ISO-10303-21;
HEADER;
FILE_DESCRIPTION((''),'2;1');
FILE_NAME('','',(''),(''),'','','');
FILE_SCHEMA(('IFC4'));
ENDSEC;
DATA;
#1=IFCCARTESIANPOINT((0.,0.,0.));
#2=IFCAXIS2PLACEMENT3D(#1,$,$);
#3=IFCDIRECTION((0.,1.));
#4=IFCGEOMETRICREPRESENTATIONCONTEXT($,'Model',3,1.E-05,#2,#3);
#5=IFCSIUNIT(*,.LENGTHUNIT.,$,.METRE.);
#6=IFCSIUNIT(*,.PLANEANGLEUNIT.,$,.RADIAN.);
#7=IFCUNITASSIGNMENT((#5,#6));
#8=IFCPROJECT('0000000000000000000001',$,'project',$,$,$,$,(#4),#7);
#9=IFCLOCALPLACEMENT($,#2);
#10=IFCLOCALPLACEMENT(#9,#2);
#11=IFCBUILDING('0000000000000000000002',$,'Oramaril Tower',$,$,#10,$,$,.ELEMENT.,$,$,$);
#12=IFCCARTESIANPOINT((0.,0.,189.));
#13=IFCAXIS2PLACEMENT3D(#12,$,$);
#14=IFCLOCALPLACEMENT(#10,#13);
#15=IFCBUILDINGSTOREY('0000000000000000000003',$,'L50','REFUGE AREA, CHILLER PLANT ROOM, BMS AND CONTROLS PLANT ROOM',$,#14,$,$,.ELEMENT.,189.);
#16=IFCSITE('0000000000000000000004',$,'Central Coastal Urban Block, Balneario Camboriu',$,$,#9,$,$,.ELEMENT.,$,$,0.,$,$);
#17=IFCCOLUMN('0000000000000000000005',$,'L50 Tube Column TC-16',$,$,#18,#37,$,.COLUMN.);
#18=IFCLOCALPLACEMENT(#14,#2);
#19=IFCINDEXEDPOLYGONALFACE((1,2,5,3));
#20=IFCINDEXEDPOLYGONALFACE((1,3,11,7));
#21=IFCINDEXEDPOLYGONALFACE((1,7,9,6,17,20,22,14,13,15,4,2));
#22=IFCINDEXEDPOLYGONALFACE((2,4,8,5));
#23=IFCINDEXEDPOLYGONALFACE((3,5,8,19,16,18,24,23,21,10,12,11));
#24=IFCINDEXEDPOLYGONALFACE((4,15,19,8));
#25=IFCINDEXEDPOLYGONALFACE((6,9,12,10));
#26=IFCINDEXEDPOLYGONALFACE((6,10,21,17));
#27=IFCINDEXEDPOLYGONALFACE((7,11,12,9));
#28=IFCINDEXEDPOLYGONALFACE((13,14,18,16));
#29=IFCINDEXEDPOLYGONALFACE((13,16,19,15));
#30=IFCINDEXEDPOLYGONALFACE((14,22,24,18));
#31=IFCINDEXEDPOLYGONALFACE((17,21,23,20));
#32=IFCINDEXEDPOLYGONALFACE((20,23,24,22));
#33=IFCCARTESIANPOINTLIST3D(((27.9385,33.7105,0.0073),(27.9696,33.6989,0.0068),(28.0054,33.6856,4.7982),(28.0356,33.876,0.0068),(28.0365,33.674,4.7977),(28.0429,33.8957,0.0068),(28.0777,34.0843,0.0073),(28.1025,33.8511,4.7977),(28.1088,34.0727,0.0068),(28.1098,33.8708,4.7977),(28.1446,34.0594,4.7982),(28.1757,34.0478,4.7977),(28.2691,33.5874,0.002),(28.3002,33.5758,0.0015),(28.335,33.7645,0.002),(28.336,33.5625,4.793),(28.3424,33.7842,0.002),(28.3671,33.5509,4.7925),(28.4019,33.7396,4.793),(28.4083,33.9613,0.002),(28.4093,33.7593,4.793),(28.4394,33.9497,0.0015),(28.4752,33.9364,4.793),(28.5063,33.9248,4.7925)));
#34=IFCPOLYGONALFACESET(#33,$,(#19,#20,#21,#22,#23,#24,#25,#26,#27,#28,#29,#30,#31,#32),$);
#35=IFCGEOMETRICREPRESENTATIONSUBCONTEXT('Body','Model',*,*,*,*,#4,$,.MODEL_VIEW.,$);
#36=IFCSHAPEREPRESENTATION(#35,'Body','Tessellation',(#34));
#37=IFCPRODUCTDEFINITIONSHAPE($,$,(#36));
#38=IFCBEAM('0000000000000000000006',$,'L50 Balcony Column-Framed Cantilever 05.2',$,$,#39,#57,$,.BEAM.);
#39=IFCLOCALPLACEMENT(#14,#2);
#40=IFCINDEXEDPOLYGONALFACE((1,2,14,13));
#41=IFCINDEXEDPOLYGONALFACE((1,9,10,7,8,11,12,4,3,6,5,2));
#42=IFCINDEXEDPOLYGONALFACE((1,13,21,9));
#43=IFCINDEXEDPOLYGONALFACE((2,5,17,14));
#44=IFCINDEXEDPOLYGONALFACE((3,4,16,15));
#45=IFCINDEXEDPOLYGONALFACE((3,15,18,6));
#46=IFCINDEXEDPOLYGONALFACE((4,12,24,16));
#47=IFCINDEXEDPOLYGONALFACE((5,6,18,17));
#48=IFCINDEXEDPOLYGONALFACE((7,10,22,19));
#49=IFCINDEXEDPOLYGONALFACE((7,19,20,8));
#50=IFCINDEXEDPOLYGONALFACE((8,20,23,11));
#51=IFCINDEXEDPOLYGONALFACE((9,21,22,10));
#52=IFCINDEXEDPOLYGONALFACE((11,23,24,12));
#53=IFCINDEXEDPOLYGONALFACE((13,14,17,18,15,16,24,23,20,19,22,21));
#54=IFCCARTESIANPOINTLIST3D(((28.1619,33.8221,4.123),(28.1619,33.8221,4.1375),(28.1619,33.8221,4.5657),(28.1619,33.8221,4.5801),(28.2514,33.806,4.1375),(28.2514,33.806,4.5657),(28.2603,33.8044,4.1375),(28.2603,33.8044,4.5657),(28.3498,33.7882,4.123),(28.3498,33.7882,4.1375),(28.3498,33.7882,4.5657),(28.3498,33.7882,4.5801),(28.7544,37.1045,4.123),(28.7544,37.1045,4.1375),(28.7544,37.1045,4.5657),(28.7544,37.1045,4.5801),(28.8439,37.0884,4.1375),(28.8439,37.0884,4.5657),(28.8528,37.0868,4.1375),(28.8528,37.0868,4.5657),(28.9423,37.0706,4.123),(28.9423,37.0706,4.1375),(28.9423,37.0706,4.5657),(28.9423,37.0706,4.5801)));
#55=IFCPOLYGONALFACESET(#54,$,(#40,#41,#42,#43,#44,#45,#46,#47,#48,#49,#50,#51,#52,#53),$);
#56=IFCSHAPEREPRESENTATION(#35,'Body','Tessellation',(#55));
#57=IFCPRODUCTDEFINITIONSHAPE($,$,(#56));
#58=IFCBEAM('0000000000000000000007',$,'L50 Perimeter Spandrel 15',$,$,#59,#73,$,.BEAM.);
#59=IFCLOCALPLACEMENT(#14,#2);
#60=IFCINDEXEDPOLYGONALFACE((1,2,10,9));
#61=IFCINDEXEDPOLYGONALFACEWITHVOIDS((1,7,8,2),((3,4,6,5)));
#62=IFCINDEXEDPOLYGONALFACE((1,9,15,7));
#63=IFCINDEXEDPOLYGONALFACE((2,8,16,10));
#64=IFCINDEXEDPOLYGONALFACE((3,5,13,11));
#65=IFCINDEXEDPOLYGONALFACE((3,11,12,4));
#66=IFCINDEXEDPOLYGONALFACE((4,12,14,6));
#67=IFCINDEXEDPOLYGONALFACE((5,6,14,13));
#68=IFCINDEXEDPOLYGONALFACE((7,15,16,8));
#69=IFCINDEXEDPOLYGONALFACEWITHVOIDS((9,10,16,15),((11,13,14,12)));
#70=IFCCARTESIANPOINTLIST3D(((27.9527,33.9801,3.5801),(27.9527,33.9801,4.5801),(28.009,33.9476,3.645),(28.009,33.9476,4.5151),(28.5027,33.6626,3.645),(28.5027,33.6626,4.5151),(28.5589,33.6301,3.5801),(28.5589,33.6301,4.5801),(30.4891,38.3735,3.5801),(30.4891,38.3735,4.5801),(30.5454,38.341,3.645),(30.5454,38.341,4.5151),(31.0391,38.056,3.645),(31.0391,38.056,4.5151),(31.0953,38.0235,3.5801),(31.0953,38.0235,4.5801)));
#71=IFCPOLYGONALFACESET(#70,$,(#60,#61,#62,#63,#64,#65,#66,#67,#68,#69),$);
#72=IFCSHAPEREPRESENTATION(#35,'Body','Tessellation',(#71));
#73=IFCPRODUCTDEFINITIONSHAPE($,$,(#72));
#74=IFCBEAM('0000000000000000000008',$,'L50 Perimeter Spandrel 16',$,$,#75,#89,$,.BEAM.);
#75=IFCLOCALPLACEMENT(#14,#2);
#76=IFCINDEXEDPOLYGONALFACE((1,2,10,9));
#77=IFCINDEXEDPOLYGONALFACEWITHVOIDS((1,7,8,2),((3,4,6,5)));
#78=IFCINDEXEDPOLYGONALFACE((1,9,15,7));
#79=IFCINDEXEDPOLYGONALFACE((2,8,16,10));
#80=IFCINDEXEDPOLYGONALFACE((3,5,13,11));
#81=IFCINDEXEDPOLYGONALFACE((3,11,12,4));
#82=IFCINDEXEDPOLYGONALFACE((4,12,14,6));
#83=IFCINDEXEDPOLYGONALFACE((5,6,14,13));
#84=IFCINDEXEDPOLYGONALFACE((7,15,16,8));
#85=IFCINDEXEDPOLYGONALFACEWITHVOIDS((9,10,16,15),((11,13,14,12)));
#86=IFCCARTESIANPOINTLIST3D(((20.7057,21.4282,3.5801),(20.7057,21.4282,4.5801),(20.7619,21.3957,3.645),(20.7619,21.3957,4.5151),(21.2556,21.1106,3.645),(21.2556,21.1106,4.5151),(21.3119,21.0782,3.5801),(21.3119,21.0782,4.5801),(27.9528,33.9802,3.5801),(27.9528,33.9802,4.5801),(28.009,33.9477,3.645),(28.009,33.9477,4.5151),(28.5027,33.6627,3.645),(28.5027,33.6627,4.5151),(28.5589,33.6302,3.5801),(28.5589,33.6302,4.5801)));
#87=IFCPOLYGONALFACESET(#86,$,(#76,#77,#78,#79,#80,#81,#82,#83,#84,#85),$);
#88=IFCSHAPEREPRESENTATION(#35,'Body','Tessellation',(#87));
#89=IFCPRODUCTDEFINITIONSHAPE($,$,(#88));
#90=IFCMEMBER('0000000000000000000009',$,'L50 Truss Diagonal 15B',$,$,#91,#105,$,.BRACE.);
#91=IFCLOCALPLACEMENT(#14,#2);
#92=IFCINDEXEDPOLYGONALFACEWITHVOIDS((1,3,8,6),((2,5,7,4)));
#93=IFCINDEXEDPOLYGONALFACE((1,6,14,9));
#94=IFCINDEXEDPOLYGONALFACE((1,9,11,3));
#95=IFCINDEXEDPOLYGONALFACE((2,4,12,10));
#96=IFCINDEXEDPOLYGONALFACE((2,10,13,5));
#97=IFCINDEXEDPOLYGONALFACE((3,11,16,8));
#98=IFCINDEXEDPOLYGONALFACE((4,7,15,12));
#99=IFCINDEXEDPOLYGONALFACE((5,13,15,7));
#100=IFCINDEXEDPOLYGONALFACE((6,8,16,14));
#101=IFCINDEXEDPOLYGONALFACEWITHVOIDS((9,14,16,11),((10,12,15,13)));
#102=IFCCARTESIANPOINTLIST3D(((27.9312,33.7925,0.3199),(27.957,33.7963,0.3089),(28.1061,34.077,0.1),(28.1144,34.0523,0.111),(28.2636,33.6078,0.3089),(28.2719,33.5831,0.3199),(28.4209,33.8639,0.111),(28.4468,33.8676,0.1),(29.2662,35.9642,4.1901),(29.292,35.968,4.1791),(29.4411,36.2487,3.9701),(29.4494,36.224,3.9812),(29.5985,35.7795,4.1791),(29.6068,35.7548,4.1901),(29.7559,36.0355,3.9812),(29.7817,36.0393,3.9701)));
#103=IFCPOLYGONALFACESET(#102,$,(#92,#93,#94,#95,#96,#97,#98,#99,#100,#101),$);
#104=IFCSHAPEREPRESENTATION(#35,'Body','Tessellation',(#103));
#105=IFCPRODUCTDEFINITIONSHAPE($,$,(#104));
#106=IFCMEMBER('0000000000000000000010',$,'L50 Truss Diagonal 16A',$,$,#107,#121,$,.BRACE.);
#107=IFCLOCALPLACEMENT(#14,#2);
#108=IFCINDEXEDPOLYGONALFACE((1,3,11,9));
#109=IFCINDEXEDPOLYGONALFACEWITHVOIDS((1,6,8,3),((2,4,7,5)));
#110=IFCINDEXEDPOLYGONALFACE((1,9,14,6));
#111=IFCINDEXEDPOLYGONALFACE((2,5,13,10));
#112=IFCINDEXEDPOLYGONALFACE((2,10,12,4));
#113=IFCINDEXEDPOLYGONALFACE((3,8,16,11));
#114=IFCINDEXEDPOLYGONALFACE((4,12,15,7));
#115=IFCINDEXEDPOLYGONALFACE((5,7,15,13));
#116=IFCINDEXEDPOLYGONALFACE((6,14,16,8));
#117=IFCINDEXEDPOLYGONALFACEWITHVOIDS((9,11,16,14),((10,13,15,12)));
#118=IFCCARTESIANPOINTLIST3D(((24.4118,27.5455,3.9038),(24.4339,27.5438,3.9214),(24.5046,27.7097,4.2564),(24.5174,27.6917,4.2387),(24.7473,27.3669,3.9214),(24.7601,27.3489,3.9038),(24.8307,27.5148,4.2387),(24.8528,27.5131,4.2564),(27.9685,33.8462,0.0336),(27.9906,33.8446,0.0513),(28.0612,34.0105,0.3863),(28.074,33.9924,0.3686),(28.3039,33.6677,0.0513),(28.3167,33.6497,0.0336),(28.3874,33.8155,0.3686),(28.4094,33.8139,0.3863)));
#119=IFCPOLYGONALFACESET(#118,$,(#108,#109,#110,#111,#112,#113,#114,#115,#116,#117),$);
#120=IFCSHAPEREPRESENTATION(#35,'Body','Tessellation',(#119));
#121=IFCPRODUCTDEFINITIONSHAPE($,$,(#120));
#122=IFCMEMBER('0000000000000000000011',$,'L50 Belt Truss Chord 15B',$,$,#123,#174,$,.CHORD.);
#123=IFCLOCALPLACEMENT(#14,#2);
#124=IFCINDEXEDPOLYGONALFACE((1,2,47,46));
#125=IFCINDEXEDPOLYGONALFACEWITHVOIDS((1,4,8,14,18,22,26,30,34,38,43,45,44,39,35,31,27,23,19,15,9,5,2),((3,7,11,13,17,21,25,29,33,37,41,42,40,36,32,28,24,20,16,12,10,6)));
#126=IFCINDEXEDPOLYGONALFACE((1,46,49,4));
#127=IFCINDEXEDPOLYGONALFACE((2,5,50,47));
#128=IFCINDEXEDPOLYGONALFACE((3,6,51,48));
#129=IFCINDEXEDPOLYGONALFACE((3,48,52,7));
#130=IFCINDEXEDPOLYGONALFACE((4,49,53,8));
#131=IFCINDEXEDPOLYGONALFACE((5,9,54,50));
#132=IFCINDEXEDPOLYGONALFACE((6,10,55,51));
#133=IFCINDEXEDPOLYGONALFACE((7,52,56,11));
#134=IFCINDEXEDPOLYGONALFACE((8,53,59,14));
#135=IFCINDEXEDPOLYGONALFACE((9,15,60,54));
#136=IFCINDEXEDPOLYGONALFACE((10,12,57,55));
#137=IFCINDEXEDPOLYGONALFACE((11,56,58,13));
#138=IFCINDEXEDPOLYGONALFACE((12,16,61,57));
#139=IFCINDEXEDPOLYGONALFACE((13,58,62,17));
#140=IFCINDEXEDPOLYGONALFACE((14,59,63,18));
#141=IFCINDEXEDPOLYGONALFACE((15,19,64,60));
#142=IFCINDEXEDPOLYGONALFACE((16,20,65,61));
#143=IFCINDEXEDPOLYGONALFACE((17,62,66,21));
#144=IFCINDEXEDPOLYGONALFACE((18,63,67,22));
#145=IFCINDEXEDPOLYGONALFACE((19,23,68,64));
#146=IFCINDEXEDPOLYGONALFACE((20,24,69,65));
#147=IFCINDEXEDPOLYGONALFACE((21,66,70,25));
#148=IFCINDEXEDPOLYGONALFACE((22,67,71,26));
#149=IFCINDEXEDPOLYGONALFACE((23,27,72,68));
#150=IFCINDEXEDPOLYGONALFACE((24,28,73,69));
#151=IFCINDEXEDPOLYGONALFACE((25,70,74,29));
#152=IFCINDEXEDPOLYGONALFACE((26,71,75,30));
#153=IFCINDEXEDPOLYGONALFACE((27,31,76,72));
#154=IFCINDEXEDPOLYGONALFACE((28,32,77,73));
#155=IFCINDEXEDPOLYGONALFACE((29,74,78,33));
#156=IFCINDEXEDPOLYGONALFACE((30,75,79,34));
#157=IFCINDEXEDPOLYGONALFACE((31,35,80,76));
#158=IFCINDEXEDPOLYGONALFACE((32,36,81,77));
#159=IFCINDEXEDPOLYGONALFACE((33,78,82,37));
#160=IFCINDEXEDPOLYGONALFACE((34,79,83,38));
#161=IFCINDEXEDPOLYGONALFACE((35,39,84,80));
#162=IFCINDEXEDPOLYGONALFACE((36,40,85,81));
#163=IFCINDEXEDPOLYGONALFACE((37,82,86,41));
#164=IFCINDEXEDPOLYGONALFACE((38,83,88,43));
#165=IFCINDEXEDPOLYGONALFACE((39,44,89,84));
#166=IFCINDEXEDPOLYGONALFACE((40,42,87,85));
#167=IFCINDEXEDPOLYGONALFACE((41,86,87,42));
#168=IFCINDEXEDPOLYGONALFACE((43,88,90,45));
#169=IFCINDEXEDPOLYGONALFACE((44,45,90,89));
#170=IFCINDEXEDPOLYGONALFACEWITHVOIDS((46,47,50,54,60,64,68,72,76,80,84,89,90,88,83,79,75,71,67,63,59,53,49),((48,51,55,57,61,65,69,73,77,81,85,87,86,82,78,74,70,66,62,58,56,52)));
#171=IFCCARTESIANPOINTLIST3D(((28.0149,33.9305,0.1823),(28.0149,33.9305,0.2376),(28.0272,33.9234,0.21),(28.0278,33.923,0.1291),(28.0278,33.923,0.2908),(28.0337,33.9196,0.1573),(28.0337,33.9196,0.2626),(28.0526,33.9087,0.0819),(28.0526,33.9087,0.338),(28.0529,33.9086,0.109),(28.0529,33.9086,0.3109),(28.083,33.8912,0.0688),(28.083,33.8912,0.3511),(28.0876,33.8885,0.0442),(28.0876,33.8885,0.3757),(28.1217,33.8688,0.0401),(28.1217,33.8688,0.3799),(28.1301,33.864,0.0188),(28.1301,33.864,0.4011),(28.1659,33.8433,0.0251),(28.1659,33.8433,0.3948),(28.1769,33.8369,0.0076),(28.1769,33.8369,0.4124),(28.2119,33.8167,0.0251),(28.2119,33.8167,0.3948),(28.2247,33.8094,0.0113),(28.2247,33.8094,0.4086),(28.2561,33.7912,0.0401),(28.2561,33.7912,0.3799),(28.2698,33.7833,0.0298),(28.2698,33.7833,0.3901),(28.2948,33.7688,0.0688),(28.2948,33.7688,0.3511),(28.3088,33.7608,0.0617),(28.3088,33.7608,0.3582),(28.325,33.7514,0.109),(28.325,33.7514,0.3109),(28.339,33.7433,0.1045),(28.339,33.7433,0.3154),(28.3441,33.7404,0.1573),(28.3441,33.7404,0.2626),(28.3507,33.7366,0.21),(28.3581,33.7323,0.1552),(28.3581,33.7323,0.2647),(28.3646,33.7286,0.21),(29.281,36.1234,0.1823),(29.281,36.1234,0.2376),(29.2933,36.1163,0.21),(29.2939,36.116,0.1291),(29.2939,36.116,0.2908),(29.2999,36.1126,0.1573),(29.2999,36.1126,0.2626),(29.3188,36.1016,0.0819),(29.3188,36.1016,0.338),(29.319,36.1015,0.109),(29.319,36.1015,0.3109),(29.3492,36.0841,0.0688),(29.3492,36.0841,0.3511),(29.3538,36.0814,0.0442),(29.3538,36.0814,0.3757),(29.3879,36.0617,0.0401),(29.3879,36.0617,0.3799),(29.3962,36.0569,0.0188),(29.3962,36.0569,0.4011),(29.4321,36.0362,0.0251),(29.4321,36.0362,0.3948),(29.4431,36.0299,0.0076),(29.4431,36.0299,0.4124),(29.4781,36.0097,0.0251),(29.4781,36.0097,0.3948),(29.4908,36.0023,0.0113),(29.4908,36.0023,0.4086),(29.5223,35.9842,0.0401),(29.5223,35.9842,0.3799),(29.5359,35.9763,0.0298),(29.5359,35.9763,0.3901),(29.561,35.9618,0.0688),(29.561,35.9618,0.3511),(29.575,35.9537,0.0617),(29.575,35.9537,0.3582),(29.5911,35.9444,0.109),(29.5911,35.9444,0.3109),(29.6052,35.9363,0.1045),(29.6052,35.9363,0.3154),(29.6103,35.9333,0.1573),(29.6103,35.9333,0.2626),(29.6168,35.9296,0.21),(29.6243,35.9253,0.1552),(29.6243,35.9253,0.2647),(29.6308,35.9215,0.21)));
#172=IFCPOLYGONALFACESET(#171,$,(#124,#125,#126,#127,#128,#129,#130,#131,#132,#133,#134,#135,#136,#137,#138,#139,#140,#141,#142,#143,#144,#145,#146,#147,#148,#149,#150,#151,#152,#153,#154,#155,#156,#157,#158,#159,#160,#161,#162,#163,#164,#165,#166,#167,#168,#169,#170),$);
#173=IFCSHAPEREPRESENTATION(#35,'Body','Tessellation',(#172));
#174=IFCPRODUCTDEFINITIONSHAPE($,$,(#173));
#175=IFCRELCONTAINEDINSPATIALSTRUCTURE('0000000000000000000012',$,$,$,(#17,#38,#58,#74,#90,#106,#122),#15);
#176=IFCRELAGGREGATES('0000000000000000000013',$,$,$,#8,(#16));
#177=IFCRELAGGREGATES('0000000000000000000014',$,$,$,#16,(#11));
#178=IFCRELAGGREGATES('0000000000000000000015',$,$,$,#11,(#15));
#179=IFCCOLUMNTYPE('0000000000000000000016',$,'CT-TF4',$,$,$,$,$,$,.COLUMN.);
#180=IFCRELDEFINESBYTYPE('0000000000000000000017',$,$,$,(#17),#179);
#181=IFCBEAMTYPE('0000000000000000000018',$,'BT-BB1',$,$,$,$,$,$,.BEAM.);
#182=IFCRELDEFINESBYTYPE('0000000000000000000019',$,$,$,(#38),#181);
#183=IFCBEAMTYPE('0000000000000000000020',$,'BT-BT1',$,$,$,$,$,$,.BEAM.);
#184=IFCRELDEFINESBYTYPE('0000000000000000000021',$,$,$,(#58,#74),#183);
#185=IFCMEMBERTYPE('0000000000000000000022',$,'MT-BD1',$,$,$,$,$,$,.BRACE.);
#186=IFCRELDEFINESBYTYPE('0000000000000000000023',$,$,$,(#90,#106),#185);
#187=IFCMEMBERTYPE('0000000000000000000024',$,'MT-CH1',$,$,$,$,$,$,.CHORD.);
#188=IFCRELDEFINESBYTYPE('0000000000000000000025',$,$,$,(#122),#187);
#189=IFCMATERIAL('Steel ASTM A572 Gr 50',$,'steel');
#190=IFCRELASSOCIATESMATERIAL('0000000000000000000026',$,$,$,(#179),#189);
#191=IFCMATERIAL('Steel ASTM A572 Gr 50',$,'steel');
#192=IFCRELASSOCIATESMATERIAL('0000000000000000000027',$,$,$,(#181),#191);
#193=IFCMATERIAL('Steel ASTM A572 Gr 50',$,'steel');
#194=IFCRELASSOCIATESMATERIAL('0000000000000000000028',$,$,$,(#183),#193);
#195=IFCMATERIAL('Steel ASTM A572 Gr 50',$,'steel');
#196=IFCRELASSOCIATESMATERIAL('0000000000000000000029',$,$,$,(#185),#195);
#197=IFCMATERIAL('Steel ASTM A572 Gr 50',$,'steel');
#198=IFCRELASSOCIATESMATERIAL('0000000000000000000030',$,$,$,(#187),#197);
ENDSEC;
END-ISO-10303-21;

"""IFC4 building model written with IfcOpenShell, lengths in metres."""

from ifc_helpers import new_model, si_unit, direction, frame, origin, origin_2d, place, context, subcontext, project, spatial, hollow_rectangle, hollow_circle, i_section, extrude, material, material_profile, profile_set, type_object, element, save


model = new_model("IFC4")

# Units and contexts
model_context = context("Model", 3, precision=1e-05, world=origin(), true_north=direction((0.0, 1.0)))
body_context = subcontext(model_context, "Body", "Model", "MODEL_VIEW")
ifc_project = project(units=[si_unit("LENGTHUNIT", "METRE"), si_unit("PLANEANGLEUNIT", "RADIAN")], contexts=[model_context])

# Site, building, storey
site_placement = place(None, origin())
site = spatial("IfcSite", under=ifc_project, at=site_placement, Name="Central Coastal Urban Block, Balneario Camboriu", CompositionType="ELEMENT", RefElevation=0.0)
building_placement = place(site_placement, origin())
building = spatial("IfcBuilding", under=site, at=building_placement, Name="Oramaril Tower", CompositionType="ELEMENT")
storey_placement = place(building_placement, frame((0.0, 0.0, 189.0)))
storey = spatial("IfcBuildingStorey", under=building, at=storey_placement, Name="L50", Description="REFUGE AREA, CHILLER PLANT ROOM, BMS AND CONTROLS PLANT ROOM", CompositionType="ELEMENT", Elevation=189.0)

# Column
ifc_material_1 = material(Name="Steel ASTM A572 Gr 50", Category="steel")
ifc_material_profile_1 = material_profile(ifc_material_1, i_section(OverallWidth=0.3989, OverallDepth=0.386, WebThickness=0.021, FlangeThickness=0.0332, at=origin_2d()), Name="W14X176")
ifc_profile_set_1 = profile_set([ifc_material_profile_1], Name="Steel ASTM A572 Gr 50")
column_type = type_object("IfcColumnType", Name="CT-TF4", PredefinedType="COLUMN", material=ifc_profile_set_1)
column_placement = place(storey_placement, frame((28.189, 33.8301, 0.0044), z_axis=(0.013961, -0.005197, 0.999889), x_axis=(0.348873, 0.93717, 0.0)))
element("IfcColumn", 1, at=column_placement, inside=storey, type_object=column_type, Name="L50 Tube Column TC-16", PredefinedType="COLUMN", context=body_context, shape_type="SweptSolid", body=[
    extrude(i_section(OverallWidth=0.3989, OverallDepth=0.386, WebThickness=0.021, FlangeThickness=0.0332, at=origin_2d()), origin(), (0.0, 0.0, 1.0), 4.7915),
])

# Beams
ifc_material_2 = material(Name="Steel ASTM A572 Gr 50", Category="steel")
ifc_material_profile_2 = material_profile(ifc_material_2, i_section(OverallWidth=0.1909, OverallDepth=0.457, WebThickness=0.009, FlangeThickness=0.0144, at=origin_2d()), Name="W18X50")
ifc_profile_set_2 = profile_set([ifc_material_profile_2], Name="Steel ASTM A572 Gr 50")
beam_type_1 = type_object("IfcBeamType", Name="BT-BB1", PredefinedType="BEAM", material=ifc_profile_set_2)
beam_1_placement = place(storey_placement, frame((28.2559, 33.8052, 4.3516), z_axis=(0.177642, 0.984095, 0.0), x_axis=(-0.984095, 0.177642, 0.0)))
element("IfcBeam", 2, at=beam_1_placement, inside=storey, type_object=beam_type_1, Name="L50 Balcony Column-Framed Cantilever 05.2", PredefinedType="BEAM", context=body_context, shape_type="SweptSolid", body=[
    extrude(i_section(OverallWidth=0.1909, OverallDepth=0.457, WebThickness=0.009, FlangeThickness=0.0144, at=origin_2d()), origin(), (0.0, 0.0, 1.0), 3.3354),
])
ifc_material_3 = material(Name="Steel ASTM A572 Gr 50", Category="steel")
ifc_material_profile_3 = material_profile(ifc_material_3, hollow_rectangle(XDim=0.7, YDim=1.0, WallThickness=0.0649, at=origin_2d()), Name="BOX1000X700X65")
ifc_profile_set_3 = profile_set([ifc_material_profile_3], Name="Steel ASTM A572 Gr 50")
beam_type_2 = type_object("IfcBeamType", Name="BT-BT1", PredefinedType="BEAM", material=ifc_profile_set_3)
beam_2_placement = place(storey_placement, frame((30.7922, 38.1985, 4.0801), z_axis=(-0.499985, -0.866034, 0.0), x_axis=(0.866034, -0.499985, 0.0)))
element("IfcBeam", 3, at=beam_2_placement, inside=storey, type_object=beam_type_2, Name="L50 Perimeter Spandrel 15", PredefinedType="BEAM", context=body_context, shape_type="SweptSolid", body=[
    extrude(hollow_rectangle(XDim=0.7, YDim=1.0, WallThickness=0.0649, at=origin_2d()), origin(), (0.0, 0.0, 1.0), 5.073),
])
beam_3_placement = place(storey_placement, frame((28.2559, 33.8052, 4.0801), z_axis=(-0.500009, -0.86602, 0.0), x_axis=(0.86602, -0.500009, 0.0)))
element("IfcBeam", 4, at=beam_3_placement, inside=storey, type_object=beam_type_2, Name="L50 Perimeter Spandrel 16", PredefinedType="BEAM", context=body_context, shape_type="SweptSolid", body=[
    extrude(hollow_rectangle(XDim=0.7, YDim=1.0, WallThickness=0.0649, at=origin_2d()), origin(), (0.0, 0.0, 1.0), 14.4939),
])

# Members
ifc_material_4 = material(Name="Steel ASTM A572 Gr 50", Category="steel")
ifc_material_profile_4 = material_profile(ifc_material_4, hollow_rectangle(XDim=0.3999, YDim=0.3999, WallThickness=0.02, at=origin_2d()), Name="HSS400X400X20")
ifc_profile_set_4 = profile_set([ifc_material_profile_4], Name="Steel ASTM A572 Gr 50")
member_type_1 = type_object("IfcMemberType", Name="MT-BD1", PredefinedType="BRACE", material=ifc_profile_set_4)
member_1_placement = place(storey_placement, frame((28.189, 33.8301, 0.21), z_axis=(0.288067, 0.468609, 0.835119), x_axis=(-0.851908, 0.523691, 0.0)))
element("IfcMember", 5, at=member_1_placement, inside=storey, type_object=member_type_1, Name="L50 Truss Diagonal 15B", PredefinedType="BRACE", context=body_context, shape_type="SweptSolid", body=[
    extrude(hollow_rectangle(XDim=0.3999, YDim=0.3999, WallThickness=0.02, at=origin_2d()), origin(), (0.0, 0.0, 1.0), 4.6343),
])
member_2_placement = place(storey_placement, frame((28.189, 33.8301, 0.21), z_axis=(-0.433455, -0.767889, 0.471659), x_axis=(0.870839, -0.491568, 0.0)))
element("IfcMember", 6, at=member_2_placement, inside=storey, type_object=member_type_1, Name="L50 Truss Diagonal 16A", PredefinedType="BRACE", context=body_context, shape_type="SweptSolid", body=[
    extrude(hollow_rectangle(XDim=0.3999, YDim=0.3999, WallThickness=0.02, at=origin_2d()), origin(), (0.0, 0.0, 1.0), 8.2053),
])
ifc_material_5 = material(Name="Steel ASTM A572 Gr 50", Category="steel")
ifc_material_profile_5 = material_profile(ifc_material_5, hollow_circle(Radius=0.2029, WallThickness=0.0161, at=origin_2d()), Name="CHS406X16")
ifc_profile_set_5 = profile_set([ifc_material_profile_5], Name="Steel ASTM A572 Gr 50")
member_type_2 = type_object("IfcMemberType", Name="MT-CH1", PredefinedType="CHORD", material=ifc_profile_set_5)
member_3_placement = place(storey_placement, frame((29.4551, 36.0229, 0.21), z_axis=(-0.500017, -0.866015, 0.0), x_axis=(0.866015, -0.500017, 0.0)))
element("IfcMember", 7, at=member_3_placement, inside=storey, type_object=member_type_2, Name="L50 Belt Truss Chord 15B", PredefinedType="CHORD", context=body_context, shape_type="SweptSolid", body=[
    extrude(hollow_circle(Radius=0.2029, WallThickness=0.0161, at=origin_2d()), origin(), (0.0, 0.0, 1.0), 2.5322),
])

save(model, "model.ifc")
